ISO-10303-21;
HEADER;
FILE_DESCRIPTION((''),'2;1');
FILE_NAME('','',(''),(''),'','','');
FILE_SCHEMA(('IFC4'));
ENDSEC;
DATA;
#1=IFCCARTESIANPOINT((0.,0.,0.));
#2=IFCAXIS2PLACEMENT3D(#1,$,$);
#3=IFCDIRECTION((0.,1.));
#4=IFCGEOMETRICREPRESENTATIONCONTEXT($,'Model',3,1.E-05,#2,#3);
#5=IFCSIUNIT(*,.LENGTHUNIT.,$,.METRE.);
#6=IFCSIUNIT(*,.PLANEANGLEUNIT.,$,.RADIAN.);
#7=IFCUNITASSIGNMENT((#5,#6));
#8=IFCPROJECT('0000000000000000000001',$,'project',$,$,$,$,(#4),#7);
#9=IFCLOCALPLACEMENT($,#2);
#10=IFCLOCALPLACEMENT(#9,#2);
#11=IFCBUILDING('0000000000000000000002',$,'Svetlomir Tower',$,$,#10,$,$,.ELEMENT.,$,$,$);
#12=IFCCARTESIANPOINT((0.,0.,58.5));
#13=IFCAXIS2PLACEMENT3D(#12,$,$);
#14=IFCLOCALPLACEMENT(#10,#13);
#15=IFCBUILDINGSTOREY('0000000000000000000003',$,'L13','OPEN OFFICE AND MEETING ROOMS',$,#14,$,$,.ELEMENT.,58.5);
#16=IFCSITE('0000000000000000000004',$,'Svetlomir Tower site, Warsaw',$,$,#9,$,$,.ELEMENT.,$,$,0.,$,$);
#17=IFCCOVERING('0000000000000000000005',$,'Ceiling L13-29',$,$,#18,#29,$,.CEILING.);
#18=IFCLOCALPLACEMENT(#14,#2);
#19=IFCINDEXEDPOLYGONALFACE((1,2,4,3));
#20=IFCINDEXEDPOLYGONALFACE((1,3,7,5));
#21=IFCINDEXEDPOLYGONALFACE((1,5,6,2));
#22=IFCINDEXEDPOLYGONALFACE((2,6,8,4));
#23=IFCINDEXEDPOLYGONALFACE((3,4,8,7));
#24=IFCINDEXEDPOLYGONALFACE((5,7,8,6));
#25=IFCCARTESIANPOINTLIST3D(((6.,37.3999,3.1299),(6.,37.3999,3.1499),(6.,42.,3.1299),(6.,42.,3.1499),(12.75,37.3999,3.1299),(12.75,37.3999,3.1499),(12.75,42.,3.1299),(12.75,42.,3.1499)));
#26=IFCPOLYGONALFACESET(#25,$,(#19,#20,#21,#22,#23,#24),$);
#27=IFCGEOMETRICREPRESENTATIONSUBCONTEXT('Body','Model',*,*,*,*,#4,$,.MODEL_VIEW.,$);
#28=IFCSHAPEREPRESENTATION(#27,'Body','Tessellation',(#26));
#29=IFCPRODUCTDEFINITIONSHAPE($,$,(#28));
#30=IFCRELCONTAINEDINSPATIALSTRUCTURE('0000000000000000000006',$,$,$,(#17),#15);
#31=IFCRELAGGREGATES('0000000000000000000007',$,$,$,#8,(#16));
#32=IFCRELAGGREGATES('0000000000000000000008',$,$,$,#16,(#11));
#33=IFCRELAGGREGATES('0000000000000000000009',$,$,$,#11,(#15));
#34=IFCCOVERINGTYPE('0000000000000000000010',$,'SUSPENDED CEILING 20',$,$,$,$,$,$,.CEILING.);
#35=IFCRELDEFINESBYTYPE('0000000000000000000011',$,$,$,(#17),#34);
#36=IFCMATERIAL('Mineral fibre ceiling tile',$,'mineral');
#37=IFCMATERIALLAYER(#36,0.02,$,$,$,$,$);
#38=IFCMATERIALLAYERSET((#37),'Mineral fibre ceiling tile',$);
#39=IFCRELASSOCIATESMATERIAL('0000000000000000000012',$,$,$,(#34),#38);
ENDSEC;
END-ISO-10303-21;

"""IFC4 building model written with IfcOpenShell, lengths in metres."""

from ifc_helpers import new_model, si_unit, direction, frame, origin, place, context, subcontext, project, spatial, polyline, outline, extrude, material, layer, layer_set, type_object, element, save


model = new_model("IFC4")

# Units and contexts
model_context = context("Model", 3, precision=1e-05, world=origin(), true_north=direction((0.0, 1.0)))
body_context = subcontext(model_context, "Body", "Model", "MODEL_VIEW")
ifc_project = project(units=[si_unit("LENGTHUNIT", "METRE"), si_unit("PLANEANGLEUNIT", "RADIAN")], contexts=[model_context])

# Site, building, storey
site_placement = place(None, origin())
site = spatial("IfcSite", under=ifc_project, at=site_placement, Name="Svetlomir Tower site, Warsaw", CompositionType="ELEMENT", RefElevation=0.0)
building_placement = place(site_placement, origin())
building = spatial("IfcBuilding", under=site, at=building_placement, Name="Svetlomir Tower", CompositionType="ELEMENT")
storey_placement = place(building_placement, frame((0.0, 0.0, 58.5)))
storey = spatial("IfcBuildingStorey", under=building, at=storey_placement, Name="L13", Description="OPEN OFFICE AND MEETING ROOMS", CompositionType="ELEMENT", Elevation=58.5)

# Covering
ifc_material_1 = material(Name="Mineral fibre ceiling tile", Category="mineral")
ifc_layer_1 = layer(ifc_material_1, 0.02)
ifc_layer_set_1 = layer_set([ifc_layer_1], Name="Mineral fibre ceiling tile")
covering_type_1 = type_object("IfcCoveringType", Name="SUSPENDED CEILING 20", PredefinedType="CEILING", material=ifc_layer_set_1)
covering_1_placement = place(storey_placement, frame((0.0, 0.0, 3.1299)))
element("IfcCovering", 1, at=covering_1_placement, inside=storey, type_object=covering_type_1, Name="Ceiling L13-29", PredefinedType="CEILING", context=body_context, shape_type="SweptSolid", body=[
    extrude(outline(polyline([(6.0, 37.3999), (12.75, 37.3999), (12.75, 42.0), (6.0, 42.0), (6.0, 37.3999)])), origin(), (0.0, 0.0, 1.0), 0.02),
])

save(model, "model.ifc")
